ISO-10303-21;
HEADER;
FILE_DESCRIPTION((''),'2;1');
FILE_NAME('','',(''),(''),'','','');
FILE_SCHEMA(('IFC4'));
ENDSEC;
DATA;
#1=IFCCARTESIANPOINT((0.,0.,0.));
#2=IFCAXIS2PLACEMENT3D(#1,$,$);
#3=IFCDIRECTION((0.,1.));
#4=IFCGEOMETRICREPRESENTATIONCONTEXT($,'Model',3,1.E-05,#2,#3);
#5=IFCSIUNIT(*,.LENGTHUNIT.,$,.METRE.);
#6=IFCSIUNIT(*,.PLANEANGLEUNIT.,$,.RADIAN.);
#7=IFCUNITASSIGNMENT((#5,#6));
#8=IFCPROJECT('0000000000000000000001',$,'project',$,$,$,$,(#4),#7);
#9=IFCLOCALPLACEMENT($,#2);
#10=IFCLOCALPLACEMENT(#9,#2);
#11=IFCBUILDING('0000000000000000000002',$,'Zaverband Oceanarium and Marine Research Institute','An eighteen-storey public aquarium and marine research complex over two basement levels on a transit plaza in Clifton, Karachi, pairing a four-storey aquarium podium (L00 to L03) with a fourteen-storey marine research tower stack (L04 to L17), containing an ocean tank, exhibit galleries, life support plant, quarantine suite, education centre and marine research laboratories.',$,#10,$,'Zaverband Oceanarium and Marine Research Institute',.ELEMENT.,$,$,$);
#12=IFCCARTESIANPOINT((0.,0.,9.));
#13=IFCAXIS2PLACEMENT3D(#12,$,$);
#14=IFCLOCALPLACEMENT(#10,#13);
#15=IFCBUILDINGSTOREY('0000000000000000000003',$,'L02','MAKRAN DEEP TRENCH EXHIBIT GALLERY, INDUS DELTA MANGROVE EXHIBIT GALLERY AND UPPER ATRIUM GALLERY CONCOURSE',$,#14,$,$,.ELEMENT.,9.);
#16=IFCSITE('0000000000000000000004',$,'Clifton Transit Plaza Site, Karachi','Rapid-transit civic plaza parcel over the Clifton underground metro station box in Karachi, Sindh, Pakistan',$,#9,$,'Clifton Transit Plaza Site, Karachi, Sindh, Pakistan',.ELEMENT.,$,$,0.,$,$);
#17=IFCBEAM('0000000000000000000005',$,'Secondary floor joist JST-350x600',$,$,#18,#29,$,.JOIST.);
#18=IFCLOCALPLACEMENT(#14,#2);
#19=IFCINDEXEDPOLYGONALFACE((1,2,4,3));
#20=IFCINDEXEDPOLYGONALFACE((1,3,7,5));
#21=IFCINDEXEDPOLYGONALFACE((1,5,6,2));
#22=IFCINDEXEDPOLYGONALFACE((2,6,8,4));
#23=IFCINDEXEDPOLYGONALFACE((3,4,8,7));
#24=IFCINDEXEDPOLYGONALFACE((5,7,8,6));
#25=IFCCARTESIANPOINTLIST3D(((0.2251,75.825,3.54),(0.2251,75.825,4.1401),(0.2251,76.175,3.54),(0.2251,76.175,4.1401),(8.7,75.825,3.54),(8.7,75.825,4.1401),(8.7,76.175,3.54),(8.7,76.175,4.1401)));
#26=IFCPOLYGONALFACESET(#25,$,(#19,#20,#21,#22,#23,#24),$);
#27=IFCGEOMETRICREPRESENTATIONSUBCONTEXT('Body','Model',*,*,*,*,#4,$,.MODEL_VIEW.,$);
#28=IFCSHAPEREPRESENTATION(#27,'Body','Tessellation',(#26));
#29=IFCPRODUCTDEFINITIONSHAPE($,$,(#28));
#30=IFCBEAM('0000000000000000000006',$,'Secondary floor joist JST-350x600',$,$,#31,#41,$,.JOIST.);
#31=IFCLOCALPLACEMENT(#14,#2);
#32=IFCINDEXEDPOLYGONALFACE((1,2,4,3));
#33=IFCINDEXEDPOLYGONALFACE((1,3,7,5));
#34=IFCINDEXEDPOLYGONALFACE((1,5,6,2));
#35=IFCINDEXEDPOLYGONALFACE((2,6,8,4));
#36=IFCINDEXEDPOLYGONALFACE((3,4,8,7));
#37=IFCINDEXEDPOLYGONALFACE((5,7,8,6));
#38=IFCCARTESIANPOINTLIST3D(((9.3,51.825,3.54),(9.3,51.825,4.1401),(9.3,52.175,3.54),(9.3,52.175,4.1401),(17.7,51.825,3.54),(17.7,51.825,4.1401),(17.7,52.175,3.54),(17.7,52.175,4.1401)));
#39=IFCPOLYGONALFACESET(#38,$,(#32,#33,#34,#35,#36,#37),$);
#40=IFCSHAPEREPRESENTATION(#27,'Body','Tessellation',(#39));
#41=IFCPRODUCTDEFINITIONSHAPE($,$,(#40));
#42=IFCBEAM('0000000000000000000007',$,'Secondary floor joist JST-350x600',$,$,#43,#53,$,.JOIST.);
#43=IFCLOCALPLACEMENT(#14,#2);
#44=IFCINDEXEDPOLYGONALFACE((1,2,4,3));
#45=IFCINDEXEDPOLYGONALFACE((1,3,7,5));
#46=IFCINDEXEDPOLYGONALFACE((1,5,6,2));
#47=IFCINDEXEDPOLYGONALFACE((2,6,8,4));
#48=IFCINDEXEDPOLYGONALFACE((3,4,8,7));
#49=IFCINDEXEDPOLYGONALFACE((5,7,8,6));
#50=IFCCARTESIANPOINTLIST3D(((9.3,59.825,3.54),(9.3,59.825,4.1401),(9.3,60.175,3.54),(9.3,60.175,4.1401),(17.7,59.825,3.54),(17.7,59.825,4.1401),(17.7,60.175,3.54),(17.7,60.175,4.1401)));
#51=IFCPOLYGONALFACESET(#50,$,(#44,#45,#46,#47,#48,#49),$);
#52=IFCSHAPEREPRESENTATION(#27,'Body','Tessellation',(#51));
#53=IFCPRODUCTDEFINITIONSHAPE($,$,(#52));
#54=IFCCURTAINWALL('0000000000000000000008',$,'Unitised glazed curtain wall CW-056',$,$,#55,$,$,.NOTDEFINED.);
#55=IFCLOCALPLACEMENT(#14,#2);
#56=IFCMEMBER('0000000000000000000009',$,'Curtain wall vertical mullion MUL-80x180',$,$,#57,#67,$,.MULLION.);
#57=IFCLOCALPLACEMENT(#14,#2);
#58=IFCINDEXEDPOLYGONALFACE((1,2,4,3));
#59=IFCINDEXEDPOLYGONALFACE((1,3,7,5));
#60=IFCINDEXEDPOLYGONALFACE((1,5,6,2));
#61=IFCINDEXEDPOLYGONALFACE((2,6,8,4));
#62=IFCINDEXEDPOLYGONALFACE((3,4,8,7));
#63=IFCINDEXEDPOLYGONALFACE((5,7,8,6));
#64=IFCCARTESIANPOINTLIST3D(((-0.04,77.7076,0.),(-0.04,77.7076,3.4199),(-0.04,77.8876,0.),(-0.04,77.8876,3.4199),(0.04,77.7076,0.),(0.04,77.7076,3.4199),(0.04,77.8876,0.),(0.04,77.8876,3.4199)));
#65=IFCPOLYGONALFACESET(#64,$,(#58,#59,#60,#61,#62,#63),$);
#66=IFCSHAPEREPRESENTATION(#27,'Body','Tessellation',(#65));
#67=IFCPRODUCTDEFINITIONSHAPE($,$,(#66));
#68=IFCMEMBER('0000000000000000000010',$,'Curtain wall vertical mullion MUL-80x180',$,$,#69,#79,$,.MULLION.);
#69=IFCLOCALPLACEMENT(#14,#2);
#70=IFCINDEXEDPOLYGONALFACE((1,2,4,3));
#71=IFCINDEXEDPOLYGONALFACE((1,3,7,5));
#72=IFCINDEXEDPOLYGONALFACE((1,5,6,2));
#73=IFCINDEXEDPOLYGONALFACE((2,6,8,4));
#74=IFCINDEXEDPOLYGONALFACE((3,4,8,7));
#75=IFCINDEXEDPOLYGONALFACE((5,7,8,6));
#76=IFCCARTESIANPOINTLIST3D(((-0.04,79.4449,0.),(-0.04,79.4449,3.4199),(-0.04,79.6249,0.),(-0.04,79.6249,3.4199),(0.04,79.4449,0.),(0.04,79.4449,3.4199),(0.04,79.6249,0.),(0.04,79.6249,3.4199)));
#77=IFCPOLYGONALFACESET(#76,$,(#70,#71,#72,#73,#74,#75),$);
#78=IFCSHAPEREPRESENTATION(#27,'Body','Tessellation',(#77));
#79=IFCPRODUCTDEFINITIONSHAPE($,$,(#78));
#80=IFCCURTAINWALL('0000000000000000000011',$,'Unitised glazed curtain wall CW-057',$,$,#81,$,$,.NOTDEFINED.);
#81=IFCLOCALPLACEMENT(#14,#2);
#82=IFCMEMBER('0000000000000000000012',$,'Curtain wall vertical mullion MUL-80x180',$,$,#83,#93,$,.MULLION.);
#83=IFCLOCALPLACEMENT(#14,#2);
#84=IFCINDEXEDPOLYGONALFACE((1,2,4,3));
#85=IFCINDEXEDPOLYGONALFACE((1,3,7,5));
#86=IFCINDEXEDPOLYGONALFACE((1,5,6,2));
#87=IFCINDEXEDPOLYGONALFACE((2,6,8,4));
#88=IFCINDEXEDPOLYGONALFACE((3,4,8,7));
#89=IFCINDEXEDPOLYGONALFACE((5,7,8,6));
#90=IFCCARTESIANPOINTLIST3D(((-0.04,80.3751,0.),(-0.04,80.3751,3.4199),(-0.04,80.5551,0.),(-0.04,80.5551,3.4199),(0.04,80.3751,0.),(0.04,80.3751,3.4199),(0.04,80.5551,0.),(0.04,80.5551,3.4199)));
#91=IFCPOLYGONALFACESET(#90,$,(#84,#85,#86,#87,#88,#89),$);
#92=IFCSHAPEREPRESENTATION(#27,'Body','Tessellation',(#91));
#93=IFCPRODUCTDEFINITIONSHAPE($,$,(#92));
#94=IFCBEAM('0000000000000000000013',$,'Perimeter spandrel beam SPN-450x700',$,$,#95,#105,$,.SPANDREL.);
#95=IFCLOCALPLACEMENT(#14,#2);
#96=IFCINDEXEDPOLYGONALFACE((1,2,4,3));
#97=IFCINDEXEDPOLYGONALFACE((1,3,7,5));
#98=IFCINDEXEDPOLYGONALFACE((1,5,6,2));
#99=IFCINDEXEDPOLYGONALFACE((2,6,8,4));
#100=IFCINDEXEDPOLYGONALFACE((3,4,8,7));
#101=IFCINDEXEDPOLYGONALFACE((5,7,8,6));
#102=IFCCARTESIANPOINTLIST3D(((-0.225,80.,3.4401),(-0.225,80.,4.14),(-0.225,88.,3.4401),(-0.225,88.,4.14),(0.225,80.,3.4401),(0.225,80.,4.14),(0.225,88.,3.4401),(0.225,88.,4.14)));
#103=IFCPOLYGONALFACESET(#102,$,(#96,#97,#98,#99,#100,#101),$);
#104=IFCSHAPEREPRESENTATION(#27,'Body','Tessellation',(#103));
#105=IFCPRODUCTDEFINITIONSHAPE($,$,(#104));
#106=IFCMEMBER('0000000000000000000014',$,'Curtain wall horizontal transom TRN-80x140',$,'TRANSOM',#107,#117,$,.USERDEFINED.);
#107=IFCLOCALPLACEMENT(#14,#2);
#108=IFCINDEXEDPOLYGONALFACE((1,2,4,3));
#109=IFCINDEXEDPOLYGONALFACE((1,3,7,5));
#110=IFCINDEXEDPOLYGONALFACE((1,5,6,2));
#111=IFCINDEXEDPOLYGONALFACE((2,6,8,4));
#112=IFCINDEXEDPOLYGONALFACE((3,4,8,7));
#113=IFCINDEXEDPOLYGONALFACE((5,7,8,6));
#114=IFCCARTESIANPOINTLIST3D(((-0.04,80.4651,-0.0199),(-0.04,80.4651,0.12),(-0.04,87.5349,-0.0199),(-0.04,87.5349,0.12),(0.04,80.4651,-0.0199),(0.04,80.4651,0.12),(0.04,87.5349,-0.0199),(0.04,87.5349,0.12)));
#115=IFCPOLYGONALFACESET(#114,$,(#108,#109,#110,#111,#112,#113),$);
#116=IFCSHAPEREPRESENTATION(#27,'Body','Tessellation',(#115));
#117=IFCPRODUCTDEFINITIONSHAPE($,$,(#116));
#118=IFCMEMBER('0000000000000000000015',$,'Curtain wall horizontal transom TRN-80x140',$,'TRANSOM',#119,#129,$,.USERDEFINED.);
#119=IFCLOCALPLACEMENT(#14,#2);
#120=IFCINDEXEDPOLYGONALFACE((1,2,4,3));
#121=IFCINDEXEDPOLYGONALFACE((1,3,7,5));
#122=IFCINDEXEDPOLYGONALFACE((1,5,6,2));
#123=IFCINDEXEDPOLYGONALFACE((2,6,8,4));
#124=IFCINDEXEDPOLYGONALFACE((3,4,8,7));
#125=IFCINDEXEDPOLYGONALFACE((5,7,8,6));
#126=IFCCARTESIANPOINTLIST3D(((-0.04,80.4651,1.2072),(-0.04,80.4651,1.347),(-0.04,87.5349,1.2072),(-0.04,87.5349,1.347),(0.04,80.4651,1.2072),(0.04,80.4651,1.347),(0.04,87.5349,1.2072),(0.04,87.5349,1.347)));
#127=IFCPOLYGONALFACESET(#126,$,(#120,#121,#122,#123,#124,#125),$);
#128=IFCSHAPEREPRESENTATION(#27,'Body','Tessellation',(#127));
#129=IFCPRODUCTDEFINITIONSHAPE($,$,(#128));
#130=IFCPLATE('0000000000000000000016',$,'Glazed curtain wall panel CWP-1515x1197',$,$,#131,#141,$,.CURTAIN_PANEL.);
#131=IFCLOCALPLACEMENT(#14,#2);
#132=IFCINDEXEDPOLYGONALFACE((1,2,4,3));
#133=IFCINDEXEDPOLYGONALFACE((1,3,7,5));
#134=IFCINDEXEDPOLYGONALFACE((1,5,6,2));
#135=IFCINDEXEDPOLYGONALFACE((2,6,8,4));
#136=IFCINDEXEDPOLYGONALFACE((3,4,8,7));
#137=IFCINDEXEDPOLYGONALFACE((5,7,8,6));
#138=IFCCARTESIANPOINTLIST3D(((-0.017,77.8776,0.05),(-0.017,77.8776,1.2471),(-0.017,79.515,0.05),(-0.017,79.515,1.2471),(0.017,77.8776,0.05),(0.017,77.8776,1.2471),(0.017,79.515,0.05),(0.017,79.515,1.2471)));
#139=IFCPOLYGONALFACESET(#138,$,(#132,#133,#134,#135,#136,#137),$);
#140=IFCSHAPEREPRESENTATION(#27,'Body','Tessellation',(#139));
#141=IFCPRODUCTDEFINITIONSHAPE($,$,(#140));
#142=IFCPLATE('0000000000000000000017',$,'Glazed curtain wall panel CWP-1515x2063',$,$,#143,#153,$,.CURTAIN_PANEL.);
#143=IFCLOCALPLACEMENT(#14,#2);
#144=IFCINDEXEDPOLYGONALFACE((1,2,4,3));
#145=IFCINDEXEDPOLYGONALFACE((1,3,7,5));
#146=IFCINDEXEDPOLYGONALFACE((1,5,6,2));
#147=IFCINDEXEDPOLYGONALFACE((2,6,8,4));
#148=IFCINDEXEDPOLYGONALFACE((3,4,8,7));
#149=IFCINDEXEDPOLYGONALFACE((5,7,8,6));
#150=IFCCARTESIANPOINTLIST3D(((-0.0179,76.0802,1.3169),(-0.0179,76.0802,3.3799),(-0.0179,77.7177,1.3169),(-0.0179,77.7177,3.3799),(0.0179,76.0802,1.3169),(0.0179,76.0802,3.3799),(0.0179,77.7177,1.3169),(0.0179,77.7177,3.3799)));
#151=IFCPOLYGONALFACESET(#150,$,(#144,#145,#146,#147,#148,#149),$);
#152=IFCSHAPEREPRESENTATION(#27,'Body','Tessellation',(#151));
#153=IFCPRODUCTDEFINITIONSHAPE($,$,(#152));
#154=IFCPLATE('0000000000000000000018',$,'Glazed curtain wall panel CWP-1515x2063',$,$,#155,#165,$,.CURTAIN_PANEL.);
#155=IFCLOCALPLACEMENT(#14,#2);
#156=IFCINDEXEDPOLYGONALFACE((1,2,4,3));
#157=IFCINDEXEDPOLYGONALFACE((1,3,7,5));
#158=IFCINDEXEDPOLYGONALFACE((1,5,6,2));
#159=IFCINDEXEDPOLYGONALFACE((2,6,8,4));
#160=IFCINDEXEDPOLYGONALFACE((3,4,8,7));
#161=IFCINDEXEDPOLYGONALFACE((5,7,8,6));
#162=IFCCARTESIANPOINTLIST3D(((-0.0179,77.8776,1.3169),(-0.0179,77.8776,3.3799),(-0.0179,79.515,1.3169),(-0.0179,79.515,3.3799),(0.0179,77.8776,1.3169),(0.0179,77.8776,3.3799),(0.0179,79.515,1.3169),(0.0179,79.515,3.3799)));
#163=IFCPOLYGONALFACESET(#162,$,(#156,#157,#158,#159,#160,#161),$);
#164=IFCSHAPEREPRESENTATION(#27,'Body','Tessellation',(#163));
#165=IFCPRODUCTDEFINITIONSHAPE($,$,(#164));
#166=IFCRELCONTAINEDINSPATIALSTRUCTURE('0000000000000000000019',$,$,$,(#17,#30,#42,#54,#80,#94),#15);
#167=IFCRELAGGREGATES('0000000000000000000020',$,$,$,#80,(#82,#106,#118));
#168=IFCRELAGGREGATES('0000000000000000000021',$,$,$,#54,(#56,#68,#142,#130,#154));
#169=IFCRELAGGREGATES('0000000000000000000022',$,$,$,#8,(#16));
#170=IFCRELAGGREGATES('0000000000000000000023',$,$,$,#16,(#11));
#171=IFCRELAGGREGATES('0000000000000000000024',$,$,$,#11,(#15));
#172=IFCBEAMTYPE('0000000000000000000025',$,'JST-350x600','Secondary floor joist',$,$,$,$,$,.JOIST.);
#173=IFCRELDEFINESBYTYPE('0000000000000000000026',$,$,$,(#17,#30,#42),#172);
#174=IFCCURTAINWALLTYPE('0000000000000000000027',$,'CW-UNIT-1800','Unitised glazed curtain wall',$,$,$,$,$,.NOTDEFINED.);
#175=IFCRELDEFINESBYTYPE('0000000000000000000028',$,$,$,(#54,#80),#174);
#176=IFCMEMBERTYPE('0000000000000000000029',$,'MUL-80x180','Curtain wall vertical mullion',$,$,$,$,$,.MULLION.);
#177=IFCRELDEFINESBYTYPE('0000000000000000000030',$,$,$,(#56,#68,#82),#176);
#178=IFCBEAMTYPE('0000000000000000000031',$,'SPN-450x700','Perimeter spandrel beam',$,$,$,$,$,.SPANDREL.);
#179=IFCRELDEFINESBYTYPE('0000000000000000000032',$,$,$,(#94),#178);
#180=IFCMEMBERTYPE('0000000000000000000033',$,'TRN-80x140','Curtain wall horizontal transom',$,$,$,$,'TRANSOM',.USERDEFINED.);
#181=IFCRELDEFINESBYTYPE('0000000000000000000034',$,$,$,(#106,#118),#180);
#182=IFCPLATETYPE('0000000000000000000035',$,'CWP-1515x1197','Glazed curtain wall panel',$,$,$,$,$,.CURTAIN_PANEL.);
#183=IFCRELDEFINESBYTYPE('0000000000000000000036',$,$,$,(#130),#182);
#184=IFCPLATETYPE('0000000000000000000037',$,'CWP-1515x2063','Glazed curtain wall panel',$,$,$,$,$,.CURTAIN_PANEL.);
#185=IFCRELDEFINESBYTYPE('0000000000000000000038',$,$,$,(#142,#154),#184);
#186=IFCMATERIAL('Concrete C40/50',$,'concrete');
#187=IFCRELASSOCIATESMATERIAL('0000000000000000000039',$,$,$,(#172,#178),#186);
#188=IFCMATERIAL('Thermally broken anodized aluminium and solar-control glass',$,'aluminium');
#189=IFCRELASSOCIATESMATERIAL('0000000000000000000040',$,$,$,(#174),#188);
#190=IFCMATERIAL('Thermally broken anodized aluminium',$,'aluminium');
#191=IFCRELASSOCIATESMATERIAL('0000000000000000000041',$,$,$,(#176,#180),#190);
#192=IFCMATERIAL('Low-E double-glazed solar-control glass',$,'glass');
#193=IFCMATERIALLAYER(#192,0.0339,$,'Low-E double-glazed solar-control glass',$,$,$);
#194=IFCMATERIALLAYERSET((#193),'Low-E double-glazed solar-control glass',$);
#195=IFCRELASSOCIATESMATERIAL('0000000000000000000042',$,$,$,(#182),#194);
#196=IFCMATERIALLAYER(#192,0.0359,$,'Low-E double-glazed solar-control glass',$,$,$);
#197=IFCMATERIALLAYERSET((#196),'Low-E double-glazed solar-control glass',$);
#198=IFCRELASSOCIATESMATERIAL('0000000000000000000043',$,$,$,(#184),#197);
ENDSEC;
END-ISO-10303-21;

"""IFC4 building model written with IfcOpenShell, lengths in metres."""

from ifc_helpers import new_model, si_unit, direction, frame, frame_2d, origin, origin_2d, place, context, subcontext, project, spatial, rectangle, extrude, material, layer, layer_set, material_profile, profile_set, type_object, element, aggregate, save


model = new_model("IFC4")

# Units and contexts
model_context = context("Model", 3, precision=1e-05, world=origin(), true_north=direction((0.0, 1.0)))
body_context = subcontext(model_context, "Body", "Model", "MODEL_VIEW")
ifc_project = project(units=[si_unit("LENGTHUNIT", "METRE"), si_unit("PLANEANGLEUNIT", "RADIAN")], contexts=[model_context])

# Site, building, storey
site_placement = place(None, origin())
site = spatial("IfcSite", under=ifc_project, at=site_placement, Name="Clifton Transit Plaza Site, Karachi", Description="Rapid-transit civic plaza parcel over the Clifton underground metro station box in Karachi, Sindh, Pakistan", LongName="Clifton Transit Plaza Site, Karachi, Sindh, Pakistan", CompositionType="ELEMENT", RefElevation=0.0)
building_placement = place(site_placement, origin())
building = spatial("IfcBuilding", under=site, at=building_placement, Name="Zaverband Oceanarium and Marine Research Institute", Description="An eighteen-storey public aquarium and marine research complex over two basement levels on a transit plaza in Clifton, Karachi, pairing a four-storey aquarium podium (L00 to L03) with a fourteen-storey marine research tower stack (L04 to L17), containing an ocean tank, exhibit galleries, life support plant, quarantine suite, education centre and marine research laboratories.", LongName="Zaverband Oceanarium and Marine Research Institute", CompositionType="ELEMENT")
storey_placement = place(building_placement, frame((0.0, 0.0, 9.0)))
storey = spatial("IfcBuildingStorey", under=building, at=storey_placement, Name="L02", Description="MAKRAN DEEP TRENCH EXHIBIT GALLERY, INDUS DELTA MANGROVE EXHIBIT GALLERY AND UPPER ATRIUM GALLERY CONCOURSE", CompositionType="ELEMENT", Elevation=9.0)

# Beams
ifc_material_1 = material(Name="Concrete C40/50", Category="concrete")
ifc_material_profile_1 = material_profile(ifc_material_1, rectangle(XDim=0.3501, YDim=0.6001, at=origin_2d()), Name="RC350x600")
ifc_profile_set_1 = profile_set([ifc_material_profile_1], Name="Concrete C40/50")
beam_type_1 = type_object("IfcBeamType", Name="JST-350x600", Description="Secondary floor joist", PredefinedType="JOIST", material=ifc_profile_set_1)
for number, where, z_axis, x_axis, name in (
    (1, (0.2251, 76.0, 3.8401), (1.0, 0.0, 0.0), (0.0, 1.0, 0.0), "Secondary floor joist JST-350x600"),
):
    element("IfcBeam", number, at=place(storey_placement, frame(where, z_axis=z_axis, x_axis=x_axis)), inside=storey, type_object=beam_type_1, Name=name, PredefinedType="JOIST", context=body_context, shape_type="SweptSolid", body=[
        extrude(rectangle(XDim=0.3501, YDim=0.6001, at=origin_2d()), origin(), (0.0, 0.0, 1.0), 8.4749),
    ])
for number, where, z_axis, x_axis, name in (
    (2, (9.3, 52.0, 3.8401), (1.0, 0.0, 0.0), (0.0, 1.0, 0.0), "Secondary floor joist JST-350x600"),
    (3, (9.3, 60.0, 3.8401), (1.0, 0.0, 0.0), (0.0, 1.0, 0.0), "Secondary floor joist JST-350x600"),
):
    element("IfcBeam", number, at=place(storey_placement, frame(where, z_axis=z_axis, x_axis=x_axis)), inside=storey, type_object=beam_type_1, Name=name, PredefinedType="JOIST", context=body_context, shape_type="SweptSolid", body=[
        extrude(rectangle(XDim=0.3501, YDim=0.6001, at=origin_2d()), origin(), (0.0, 0.0, 1.0), 8.3999),
    ])

# Curtain wall, members
ifc_material_2 = material(Name="Thermally broken anodized aluminium and solar-control glass", Category="aluminium")
curtain_wall_type = type_object("IfcCurtainWallType", Name="CW-UNIT-1800", Description="Unitised glazed curtain wall", PredefinedType="NOTDEFINED", material=ifc_material_2)
curtain_wall_1_placement = place(storey_placement, origin())
curtain_wall_1 = element("IfcCurtainWall", 4, at=curtain_wall_1_placement, inside=storey, type_object=curtain_wall_type, Name="Unitised glazed curtain wall CW-056", PredefinedType="NOTDEFINED")
ifc_material_3 = material(Name="Thermally broken anodized aluminium", Category="aluminium")
ifc_material_profile_2 = material_profile(ifc_material_3, rectangle(XDim=0.0801, YDim=0.1799, at=origin_2d()), Name="AL-MUL-80x180")
ifc_profile_set_2 = profile_set([ifc_material_profile_2], Name="Thermally broken anodized aluminium")
member_type_1 = type_object("IfcMemberType", Name="MUL-80x180", Description="Curtain wall vertical mullion", PredefinedType="MULLION", material=ifc_profile_set_2)
member_1_placement = place(storey_placement, frame((0.0, 77.7976, 0.0), z_axis=(0.0, 0.0, 1.0), x_axis=(1.0, 0.0, 0.0)))
member_1 = element("IfcMember", 5, at=member_1_placement, type_object=member_type_1, Name="Curtain wall vertical mullion MUL-80x180", PredefinedType="MULLION", context=body_context, shape_type="SweptSolid", body=[
    extrude(rectangle(XDim=0.0801, YDim=0.1799, at=origin_2d()), origin(), (0.0, 0.0, 1.0), 3.4199),
])
member_2_placement = place(storey_placement, frame((0.0, 79.5349, 0.0), z_axis=(0.0, 0.0, 1.0), x_axis=(1.0, 0.0, 0.0)))
member_2 = element("IfcMember", 6, at=member_2_placement, type_object=member_type_1, Name="Curtain wall vertical mullion MUL-80x180", PredefinedType="MULLION", context=body_context, shape_type="SweptSolid", body=[
    extrude(rectangle(XDim=0.0801, YDim=0.1799, at=origin_2d()), origin(), (0.0, 0.0, 1.0), 3.4199),
])

# Curtain wall, member
curtain_wall_2_placement = place(storey_placement, origin())
curtain_wall_2 = element("IfcCurtainWall", 7, at=curtain_wall_2_placement, inside=storey, type_object=curtain_wall_type, Name="Unitised glazed curtain wall CW-057", PredefinedType="NOTDEFINED")
member_3_placement = place(storey_placement, frame((0.0, 80.4651, 0.0), z_axis=(0.0, 0.0, 1.0), x_axis=(1.0, 0.0, 0.0)))
member_3 = element("IfcMember", 8, at=member_3_placement, type_object=member_type_1, Name="Curtain wall vertical mullion MUL-80x180", PredefinedType="MULLION", context=body_context, shape_type="SweptSolid", body=[
    extrude(rectangle(XDim=0.0801, YDim=0.1799, at=origin_2d()), origin(), (0.0, 0.0, 1.0), 3.4199),
])

# Beam
ifc_material_profile_3 = material_profile(ifc_material_1, rectangle(XDim=0.45, YDim=0.7, at=origin_2d()), Name="RC450x700")
ifc_profile_set_3 = profile_set([ifc_material_profile_3], Name="Concrete C40/50")
beam_type_2 = type_object("IfcBeamType", Name="SPN-450x700", Description="Perimeter spandrel beam", PredefinedType="SPANDREL", material=ifc_profile_set_3)
beam_placement = place(storey_placement, frame((0.0, 80.0, 3.79), z_axis=(0.0, 1.0, 0.0), x_axis=(-1.0, 0.0, 0.0)))
element("IfcBeam", 9, at=beam_placement, inside=storey, type_object=beam_type_2, Name="Perimeter spandrel beam SPN-450x700", PredefinedType="SPANDREL", context=body_context, shape_type="SweptSolid", body=[
    extrude(rectangle(XDim=0.45, YDim=0.7, at=origin_2d()), origin(), (0.0, 0.0, 1.0), 8.0),
])

# Members
ifc_material_profile_4 = material_profile(ifc_material_3, rectangle(XDim=0.0801, YDim=0.1399, at=origin_2d()), Name="AL-TRN-80x140")
ifc_profile_set_4 = profile_set([ifc_material_profile_4], Name="Thermally broken anodized aluminium")
member_type_2 = type_object("IfcMemberType", Name="TRN-80x140", Description="Curtain wall horizontal transom", ElementType="TRANSOM", PredefinedType="USERDEFINED", material=ifc_profile_set_4)
member_4_placement = place(storey_placement, frame((0.0, 80.4651, 0.05), z_axis=(0.0, 1.0, 0.0), x_axis=(-1.0, 0.0, 0.0)))
member_4 = element("IfcMember", 10, at=member_4_placement, type_object=member_type_2, Name="Curtain wall horizontal transom TRN-80x140", ObjectType="TRANSOM", PredefinedType="USERDEFINED", context=body_context, shape_type="SweptSolid", body=[
    extrude(rectangle(XDim=0.0801, YDim=0.1399, at=origin_2d()), origin(), (0.0, 0.0, 1.0), 7.0698),
])
member_5_placement = place(storey_placement, frame((0.0, 80.4651, 1.2771), z_axis=(0.0, 1.0, 0.0), x_axis=(-1.0, 0.0, 0.0)))
member_5 = element("IfcMember", 11, at=member_5_placement, type_object=member_type_2, Name="Curtain wall horizontal transom TRN-80x140", ObjectType="TRANSOM", PredefinedType="USERDEFINED", context=body_context, shape_type="SweptSolid", body=[
    extrude(rectangle(XDim=0.0801, YDim=0.1399, at=origin_2d()), origin(), (0.0, 0.0, 1.0), 7.0698),
])
aggregate(curtain_wall_2, [member_3, member_4, member_5])

# Plates
ifc_material_4 = material(Name="Low-E double-glazed solar-control glass", Category="glass")
ifc_layer_1 = layer(ifc_material_4, 0.0339, Name="Low-E double-glazed solar-control glass")
ifc_layer_set_1 = layer_set([ifc_layer_1], Name="Low-E double-glazed solar-control glass")
plate_type_1 = type_object("IfcPlateType", Name="CWP-1515x1197", Description="Glazed curtain wall panel", PredefinedType="CURTAIN_PANEL", material=ifc_layer_set_1)
plate_1_placement = place(storey_placement, frame((0.0, 77.8774, 0.05), z_axis=(0.0, 0.0, 1.0), x_axis=(0.0, 1.0, 0.0)))
plate_1 = element("IfcPlate", 12, at=plate_1_placement, type_object=plate_type_1, Name="Glazed curtain wall panel CWP-1515x1197", PredefinedType="CURTAIN_PANEL", context=body_context, shape_type="SweptSolid", body=[
    extrude(rectangle(XDim=1.6375, YDim=0.0339, at=frame_2d((0.8188, 0.0))), origin(), (0.0, 0.0, 1.0), 1.197),
])
ifc_layer_2 = layer(ifc_material_4, 0.0359, Name="Low-E double-glazed solar-control glass")
ifc_layer_set_2 = layer_set([ifc_layer_2], Name="Low-E double-glazed solar-control glass")
plate_type_2 = type_object("IfcPlateType", Name="CWP-1515x2063", Description="Glazed curtain wall panel", PredefinedType="CURTAIN_PANEL", material=ifc_layer_set_2)
plate_2_placement = place(storey_placement, frame((0.0, 76.0801, 1.3169), z_axis=(0.0, 0.0, 1.0), x_axis=(0.0, 1.0, 0.0)))
plate_2 = element("IfcPlate", 13, at=plate_2_placement, type_object=plate_type_2, Name="Glazed curtain wall panel CWP-1515x2063", PredefinedType="CURTAIN_PANEL", context=body_context, shape_type="SweptSolid", body=[
    extrude(rectangle(XDim=1.6375, YDim=0.0359, at=frame_2d((0.8188, 0.0))), origin(), (0.0, 0.0, 1.0), 2.063),
])
plate_3_placement = place(storey_placement, frame((0.0, 77.8774, 1.3169), z_axis=(0.0, 0.0, 1.0), x_axis=(0.0, 1.0, 0.0)))
plate_3 = element("IfcPlate", 14, at=plate_3_placement, type_object=plate_type_2, Name="Glazed curtain wall panel CWP-1515x2063", PredefinedType="CURTAIN_PANEL", context=body_context, shape_type="SweptSolid", body=[
    extrude(rectangle(XDim=1.6375, YDim=0.0359, at=frame_2d((0.8188, 0.0))), origin(), (0.0, 0.0, 1.0), 2.063),
])
aggregate(curtain_wall_1, [member_1, member_2, plate_2, plate_1, plate_3])

save(model, "model.ifc")
